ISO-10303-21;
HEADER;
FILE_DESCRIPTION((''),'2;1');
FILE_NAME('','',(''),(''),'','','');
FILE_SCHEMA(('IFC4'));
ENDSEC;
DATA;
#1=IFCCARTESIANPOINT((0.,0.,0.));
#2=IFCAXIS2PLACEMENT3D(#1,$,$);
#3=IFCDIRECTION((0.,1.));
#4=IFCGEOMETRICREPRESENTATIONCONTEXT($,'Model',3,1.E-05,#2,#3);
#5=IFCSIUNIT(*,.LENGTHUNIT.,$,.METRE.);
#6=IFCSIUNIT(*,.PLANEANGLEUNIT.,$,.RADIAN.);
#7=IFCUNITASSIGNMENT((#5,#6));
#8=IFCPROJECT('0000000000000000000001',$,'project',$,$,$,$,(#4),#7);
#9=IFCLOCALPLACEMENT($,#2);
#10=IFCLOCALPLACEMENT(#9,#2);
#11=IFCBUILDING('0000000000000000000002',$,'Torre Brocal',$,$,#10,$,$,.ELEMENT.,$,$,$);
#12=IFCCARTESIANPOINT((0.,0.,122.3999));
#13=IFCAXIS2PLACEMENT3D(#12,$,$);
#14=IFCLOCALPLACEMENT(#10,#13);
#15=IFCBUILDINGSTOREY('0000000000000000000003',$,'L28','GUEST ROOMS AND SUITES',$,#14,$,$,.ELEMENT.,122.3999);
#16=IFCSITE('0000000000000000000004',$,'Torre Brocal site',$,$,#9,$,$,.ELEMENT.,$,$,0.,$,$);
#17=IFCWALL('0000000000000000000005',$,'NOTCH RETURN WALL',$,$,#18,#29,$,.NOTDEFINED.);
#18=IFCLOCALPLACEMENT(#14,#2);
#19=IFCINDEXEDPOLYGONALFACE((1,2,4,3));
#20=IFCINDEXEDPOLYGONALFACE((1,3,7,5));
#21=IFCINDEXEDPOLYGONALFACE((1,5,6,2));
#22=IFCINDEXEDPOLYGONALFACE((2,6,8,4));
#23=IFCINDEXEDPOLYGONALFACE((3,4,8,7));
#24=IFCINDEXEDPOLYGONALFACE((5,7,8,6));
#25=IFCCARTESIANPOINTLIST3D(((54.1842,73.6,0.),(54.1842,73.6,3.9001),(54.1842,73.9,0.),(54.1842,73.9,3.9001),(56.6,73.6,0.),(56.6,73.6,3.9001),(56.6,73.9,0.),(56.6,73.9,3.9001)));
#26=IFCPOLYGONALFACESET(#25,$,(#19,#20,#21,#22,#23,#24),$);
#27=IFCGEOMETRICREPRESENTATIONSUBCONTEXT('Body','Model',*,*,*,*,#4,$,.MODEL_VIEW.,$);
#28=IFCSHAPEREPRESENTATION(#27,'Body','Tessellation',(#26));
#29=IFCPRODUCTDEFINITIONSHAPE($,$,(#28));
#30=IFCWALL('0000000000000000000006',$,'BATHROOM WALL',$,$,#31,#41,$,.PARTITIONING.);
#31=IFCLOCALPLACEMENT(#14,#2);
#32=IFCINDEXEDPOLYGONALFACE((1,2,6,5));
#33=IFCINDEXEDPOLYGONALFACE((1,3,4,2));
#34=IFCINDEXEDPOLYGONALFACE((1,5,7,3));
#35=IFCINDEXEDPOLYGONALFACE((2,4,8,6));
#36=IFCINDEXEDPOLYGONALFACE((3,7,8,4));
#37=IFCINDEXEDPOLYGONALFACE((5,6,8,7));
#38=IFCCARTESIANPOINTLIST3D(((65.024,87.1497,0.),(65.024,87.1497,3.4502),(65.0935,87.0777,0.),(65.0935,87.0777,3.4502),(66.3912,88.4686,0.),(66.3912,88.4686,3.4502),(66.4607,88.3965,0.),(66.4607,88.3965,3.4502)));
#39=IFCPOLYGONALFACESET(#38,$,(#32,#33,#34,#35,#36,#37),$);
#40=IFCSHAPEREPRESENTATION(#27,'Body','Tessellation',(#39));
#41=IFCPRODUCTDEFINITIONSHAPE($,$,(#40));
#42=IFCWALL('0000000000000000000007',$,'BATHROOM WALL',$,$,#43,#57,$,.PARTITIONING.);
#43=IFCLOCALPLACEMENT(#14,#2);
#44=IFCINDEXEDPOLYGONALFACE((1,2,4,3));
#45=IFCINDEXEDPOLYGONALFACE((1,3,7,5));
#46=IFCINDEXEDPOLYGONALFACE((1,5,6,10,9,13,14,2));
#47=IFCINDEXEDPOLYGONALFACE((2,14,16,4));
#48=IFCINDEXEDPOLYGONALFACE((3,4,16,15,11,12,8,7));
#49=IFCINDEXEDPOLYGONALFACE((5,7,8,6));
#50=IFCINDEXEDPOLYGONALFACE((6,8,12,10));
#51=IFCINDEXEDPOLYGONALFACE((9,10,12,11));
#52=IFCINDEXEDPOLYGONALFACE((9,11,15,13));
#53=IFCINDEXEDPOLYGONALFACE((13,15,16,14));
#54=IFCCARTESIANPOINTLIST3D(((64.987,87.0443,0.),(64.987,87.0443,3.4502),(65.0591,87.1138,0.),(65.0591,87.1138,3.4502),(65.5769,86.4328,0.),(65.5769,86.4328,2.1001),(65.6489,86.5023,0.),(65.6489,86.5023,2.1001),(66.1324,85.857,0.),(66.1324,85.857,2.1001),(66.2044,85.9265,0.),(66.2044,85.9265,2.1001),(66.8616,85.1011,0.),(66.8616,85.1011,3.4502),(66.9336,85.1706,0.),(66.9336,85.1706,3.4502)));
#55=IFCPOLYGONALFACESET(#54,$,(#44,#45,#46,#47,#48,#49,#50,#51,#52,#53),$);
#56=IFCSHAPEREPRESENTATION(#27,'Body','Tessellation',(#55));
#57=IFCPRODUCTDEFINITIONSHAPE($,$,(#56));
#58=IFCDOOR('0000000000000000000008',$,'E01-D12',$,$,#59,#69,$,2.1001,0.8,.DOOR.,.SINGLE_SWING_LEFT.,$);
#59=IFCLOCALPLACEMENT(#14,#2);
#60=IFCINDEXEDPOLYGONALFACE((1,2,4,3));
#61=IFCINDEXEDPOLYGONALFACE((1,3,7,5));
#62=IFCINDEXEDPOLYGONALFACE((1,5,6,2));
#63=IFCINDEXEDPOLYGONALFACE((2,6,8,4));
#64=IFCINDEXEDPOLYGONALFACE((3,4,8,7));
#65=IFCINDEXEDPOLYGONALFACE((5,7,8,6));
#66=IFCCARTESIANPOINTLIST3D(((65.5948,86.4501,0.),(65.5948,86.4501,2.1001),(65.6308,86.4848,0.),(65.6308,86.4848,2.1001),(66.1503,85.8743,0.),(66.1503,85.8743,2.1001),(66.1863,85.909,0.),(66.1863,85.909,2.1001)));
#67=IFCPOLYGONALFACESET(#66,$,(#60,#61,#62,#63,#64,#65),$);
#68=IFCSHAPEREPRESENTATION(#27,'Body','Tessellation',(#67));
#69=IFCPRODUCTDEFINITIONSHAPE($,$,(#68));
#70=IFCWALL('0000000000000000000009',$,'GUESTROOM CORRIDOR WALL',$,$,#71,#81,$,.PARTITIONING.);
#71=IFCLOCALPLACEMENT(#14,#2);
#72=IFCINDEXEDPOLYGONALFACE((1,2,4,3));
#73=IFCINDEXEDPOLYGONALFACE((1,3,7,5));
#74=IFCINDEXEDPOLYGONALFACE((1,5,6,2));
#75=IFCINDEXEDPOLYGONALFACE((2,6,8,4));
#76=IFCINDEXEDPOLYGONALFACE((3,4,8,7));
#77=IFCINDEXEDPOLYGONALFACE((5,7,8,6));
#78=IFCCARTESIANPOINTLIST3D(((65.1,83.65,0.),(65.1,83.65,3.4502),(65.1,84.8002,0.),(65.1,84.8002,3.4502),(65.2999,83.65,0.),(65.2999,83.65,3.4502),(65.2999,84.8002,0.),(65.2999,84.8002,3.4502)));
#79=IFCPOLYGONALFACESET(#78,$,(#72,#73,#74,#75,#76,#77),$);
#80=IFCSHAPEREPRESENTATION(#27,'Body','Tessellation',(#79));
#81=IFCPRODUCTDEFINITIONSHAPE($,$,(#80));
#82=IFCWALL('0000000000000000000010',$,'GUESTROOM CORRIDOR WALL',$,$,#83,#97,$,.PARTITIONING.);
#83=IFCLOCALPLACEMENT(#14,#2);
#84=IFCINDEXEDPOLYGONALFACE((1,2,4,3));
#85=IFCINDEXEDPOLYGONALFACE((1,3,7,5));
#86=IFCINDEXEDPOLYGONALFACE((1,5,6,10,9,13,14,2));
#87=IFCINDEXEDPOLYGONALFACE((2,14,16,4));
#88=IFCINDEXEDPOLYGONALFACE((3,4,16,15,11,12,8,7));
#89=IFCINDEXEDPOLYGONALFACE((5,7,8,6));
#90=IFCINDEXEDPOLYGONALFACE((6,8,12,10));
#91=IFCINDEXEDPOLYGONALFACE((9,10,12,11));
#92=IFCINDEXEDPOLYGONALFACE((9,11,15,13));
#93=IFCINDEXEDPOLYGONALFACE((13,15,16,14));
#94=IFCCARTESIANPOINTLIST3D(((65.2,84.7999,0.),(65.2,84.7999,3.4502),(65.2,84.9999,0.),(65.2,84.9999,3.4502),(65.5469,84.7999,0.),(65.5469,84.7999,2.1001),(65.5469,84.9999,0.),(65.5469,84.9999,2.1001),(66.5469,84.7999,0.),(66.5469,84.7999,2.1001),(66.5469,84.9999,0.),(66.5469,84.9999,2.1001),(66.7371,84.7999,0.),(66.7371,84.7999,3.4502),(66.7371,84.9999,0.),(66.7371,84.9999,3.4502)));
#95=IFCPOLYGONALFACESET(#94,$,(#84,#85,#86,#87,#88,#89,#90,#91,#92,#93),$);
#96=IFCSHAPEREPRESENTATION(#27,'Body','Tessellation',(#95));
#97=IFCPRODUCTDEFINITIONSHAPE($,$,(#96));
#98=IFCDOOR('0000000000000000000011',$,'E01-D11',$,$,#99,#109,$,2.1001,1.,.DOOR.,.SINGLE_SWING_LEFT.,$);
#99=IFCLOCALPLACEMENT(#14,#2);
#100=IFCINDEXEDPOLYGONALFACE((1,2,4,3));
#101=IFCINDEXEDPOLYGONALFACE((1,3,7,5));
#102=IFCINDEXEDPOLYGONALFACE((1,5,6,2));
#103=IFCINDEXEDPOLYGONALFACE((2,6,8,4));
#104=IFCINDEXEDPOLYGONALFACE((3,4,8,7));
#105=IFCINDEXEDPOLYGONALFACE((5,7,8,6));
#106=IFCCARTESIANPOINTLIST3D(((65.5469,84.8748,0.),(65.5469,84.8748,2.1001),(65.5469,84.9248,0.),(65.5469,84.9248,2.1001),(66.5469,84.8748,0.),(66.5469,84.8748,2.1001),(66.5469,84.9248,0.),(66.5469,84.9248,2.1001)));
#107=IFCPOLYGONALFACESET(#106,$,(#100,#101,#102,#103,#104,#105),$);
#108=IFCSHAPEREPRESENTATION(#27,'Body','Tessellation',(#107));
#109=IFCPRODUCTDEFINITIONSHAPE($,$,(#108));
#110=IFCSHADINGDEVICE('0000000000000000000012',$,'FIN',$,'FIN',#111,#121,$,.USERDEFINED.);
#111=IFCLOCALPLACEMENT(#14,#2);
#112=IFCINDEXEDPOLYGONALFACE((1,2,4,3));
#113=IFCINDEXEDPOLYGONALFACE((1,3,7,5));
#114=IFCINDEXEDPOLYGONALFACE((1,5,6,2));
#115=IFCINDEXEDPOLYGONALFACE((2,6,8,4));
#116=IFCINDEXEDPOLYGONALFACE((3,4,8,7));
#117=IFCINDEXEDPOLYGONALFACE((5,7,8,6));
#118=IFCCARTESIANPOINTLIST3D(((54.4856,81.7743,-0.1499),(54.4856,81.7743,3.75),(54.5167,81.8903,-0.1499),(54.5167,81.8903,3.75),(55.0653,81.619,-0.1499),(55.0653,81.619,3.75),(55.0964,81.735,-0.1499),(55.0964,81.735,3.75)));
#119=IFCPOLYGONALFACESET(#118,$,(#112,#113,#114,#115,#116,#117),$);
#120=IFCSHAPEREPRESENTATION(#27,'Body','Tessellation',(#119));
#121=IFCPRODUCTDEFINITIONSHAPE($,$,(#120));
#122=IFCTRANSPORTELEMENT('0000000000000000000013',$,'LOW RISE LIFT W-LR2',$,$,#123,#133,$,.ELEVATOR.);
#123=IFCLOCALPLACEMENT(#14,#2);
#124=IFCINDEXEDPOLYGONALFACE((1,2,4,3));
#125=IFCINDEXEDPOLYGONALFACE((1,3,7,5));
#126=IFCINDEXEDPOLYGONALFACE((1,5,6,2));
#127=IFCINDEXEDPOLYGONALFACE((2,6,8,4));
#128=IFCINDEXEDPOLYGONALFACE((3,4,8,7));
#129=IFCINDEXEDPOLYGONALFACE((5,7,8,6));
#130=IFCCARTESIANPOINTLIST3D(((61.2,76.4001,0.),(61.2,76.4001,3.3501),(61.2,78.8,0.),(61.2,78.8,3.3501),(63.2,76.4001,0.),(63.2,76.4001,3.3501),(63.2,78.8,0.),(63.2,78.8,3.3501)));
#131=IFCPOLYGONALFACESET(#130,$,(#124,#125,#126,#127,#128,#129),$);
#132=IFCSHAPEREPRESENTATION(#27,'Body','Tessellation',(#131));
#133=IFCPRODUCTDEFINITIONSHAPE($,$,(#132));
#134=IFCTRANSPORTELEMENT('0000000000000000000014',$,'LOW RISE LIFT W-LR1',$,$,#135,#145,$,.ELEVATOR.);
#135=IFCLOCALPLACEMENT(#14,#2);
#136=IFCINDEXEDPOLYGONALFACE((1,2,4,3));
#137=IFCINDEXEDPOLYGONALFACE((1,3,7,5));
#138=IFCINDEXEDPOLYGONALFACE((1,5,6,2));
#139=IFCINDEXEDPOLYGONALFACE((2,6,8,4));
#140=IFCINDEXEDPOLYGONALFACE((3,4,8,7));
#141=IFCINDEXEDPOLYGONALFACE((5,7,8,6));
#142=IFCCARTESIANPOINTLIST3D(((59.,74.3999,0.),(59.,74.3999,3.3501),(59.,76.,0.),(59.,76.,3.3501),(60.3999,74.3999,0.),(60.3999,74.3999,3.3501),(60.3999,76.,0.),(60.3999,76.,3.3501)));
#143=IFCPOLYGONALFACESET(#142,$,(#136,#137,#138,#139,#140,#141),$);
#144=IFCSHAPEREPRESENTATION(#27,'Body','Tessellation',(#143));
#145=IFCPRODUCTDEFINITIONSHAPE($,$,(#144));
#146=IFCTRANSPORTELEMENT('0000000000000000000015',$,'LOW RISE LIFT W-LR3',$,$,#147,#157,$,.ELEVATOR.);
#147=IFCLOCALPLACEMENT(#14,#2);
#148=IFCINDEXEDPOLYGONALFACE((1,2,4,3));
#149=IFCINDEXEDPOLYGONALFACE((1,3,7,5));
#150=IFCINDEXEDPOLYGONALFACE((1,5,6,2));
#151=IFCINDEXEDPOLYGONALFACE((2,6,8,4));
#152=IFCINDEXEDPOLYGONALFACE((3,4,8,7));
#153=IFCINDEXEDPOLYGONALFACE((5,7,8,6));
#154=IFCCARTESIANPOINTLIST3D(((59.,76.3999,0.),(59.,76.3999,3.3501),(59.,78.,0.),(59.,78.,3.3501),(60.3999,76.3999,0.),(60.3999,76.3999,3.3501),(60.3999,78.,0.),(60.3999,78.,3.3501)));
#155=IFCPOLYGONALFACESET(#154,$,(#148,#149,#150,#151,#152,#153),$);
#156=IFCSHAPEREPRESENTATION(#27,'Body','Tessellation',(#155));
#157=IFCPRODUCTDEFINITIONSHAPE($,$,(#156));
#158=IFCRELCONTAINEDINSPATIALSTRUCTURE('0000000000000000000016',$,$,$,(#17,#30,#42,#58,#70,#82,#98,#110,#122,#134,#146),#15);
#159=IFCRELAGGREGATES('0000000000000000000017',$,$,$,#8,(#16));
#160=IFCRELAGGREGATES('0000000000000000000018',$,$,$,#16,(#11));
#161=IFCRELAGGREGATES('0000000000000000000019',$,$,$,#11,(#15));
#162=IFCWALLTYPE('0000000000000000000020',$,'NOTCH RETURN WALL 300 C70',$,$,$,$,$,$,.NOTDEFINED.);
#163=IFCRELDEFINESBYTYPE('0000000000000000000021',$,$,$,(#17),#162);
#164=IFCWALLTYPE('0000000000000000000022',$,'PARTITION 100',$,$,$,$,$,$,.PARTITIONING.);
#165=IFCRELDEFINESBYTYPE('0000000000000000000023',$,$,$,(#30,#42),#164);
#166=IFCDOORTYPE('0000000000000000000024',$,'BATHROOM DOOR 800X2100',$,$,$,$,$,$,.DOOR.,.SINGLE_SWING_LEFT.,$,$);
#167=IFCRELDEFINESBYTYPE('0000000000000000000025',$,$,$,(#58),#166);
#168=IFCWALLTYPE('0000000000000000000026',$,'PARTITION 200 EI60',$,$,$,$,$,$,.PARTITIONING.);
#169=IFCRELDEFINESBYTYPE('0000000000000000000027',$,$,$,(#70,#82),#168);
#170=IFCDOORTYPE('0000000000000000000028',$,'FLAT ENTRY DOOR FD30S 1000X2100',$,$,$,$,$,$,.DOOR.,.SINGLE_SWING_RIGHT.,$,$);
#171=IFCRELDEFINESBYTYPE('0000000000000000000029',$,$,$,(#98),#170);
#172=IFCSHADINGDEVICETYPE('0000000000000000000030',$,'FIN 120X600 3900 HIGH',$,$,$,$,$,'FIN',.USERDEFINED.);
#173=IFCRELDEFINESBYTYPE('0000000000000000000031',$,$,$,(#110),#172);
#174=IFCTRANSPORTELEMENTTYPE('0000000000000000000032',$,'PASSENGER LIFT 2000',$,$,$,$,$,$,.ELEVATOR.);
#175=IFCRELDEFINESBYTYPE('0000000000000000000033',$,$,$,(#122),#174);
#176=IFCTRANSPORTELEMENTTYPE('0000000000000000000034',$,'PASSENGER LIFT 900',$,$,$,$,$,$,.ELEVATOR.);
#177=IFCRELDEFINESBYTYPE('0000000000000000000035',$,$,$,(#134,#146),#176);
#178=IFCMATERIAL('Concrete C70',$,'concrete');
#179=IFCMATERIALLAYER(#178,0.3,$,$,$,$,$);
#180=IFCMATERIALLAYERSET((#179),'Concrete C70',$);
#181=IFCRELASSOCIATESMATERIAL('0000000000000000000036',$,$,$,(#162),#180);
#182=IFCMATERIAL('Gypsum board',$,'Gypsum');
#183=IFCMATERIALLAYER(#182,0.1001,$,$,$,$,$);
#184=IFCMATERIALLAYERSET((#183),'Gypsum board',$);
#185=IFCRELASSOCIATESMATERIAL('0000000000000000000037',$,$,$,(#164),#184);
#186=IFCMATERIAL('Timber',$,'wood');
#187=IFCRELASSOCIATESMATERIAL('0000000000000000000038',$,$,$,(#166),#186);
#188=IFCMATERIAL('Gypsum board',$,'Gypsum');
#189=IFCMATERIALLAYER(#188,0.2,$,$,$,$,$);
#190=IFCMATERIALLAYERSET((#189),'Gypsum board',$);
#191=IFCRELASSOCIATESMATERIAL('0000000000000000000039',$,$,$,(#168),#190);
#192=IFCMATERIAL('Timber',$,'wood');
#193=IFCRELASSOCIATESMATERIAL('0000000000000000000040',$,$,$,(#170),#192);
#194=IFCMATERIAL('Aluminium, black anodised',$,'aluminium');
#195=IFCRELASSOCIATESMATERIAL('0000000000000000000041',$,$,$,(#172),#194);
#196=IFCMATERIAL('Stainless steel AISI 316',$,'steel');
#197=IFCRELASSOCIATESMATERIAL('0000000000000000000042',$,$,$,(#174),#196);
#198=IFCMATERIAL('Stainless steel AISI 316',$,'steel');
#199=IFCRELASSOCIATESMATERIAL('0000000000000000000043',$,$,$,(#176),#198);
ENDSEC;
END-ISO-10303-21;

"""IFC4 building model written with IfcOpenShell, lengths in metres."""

from ifc_helpers import new_model, si_unit, direction, frame, frame_2d, origin, origin_2d, place, context, subcontext, project, spatial, rectangle, extrude, material, layer, layer_set, material_profile, profile_set, type_object, element, fill, save


model = new_model("IFC4")

# Units and contexts
model_context = context("Model", 3, precision=1e-05, world=origin(), true_north=direction((0.0, 1.0)))
body_context = subcontext(model_context, "Body", "Model", "MODEL_VIEW")
ifc_project = project(units=[si_unit("LENGTHUNIT", "METRE"), si_unit("PLANEANGLEUNIT", "RADIAN")], contexts=[model_context])

# Site, building, storey
site_placement = place(None, origin())
site = spatial("IfcSite", under=ifc_project, at=site_placement, Name="Torre Brocal site", CompositionType="ELEMENT", RefElevation=0.0)
building_placement = place(site_placement, origin())
building = spatial("IfcBuilding", under=site, at=building_placement, Name="Torre Brocal", CompositionType="ELEMENT")
storey_placement = place(building_placement, frame((0.0, 0.0, 122.3999)))
storey = spatial("IfcBuildingStorey", under=building, at=storey_placement, Name="L28", Description="GUEST ROOMS AND SUITES", CompositionType="ELEMENT", Elevation=122.3999)

# Walls
ifc_material_1 = material(Name="Concrete C70", Category="concrete")
ifc_layer_1 = layer(ifc_material_1, 0.3)
ifc_layer_set_1 = layer_set([ifc_layer_1], Name="Concrete C70")
wall_type_1 = type_object("IfcWallType", Name="NOTCH RETURN WALL 300 C70", PredefinedType="NOTDEFINED", material=ifc_layer_set_1)
for number, where, z_axis, x_axis, name in (
    (1, (56.6001, 73.75, 0.0), (0.0, 0.0, 1.0), (-1.0, 0.0, 0.0), "NOTCH RETURN WALL"),
):
    element("IfcWall", number, at=place(storey_placement, frame(where, z_axis=z_axis, x_axis=x_axis)), inside=storey, type_object=wall_type_1, Name=name, PredefinedType="NOTDEFINED", context=body_context, shape_type="SweptSolid", body=[
        extrude(rectangle(XDim=2.4158, YDim=0.3, at=frame_2d((1.208, 0.0))), origin(), (0.0, 0.0, 1.0), 3.9001),
    ])
ifc_material_2 = material(Name="Gypsum board", Category="Gypsum")
ifc_layer_2 = layer(ifc_material_2, 0.1001)
ifc_layer_set_2 = layer_set([ifc_layer_2], Name="Gypsum board")
wall_type_2 = type_object("IfcWallType", Name="PARTITION 100", PredefinedType="PARTITIONING", material=ifc_layer_set_2)
wall_1_placement = place(storey_placement, frame((65.0588, 87.1138, 0.0), z_axis=(0.0, 0.0, 1.0), x_axis=(0.719716, 0.694269, 0.0)))
element("IfcWall", 2, at=wall_1_placement, inside=storey, type_object=wall_type_2, Name="BATHROOM WALL", PredefinedType="PARTITIONING", context=body_context, shape_type="SweptSolid", body=[
    extrude(rectangle(XDim=1.8997, YDim=0.1001, at=frame_2d((0.9497, 0.0))), origin(), (0.0, 0.0, 1.0), 3.4502),
])

# Wall, opening, door
wall_2_placement = place(storey_placement, frame((65.0229, 87.0791, 0.0), z_axis=(0.0, 0.0, 1.0), x_axis=(0.694288, -0.719697, 0.0)))
wall_2 = element("IfcWall", 3, at=wall_2_placement, inside=storey, type_object=wall_type_2, Name="BATHROOM WALL", PredefinedType="PARTITIONING", context=body_context, shape_type="SweptSolid", body=[
    extrude(rectangle(XDim=2.7, YDim=0.1001, at=frame_2d((1.3501, 0.0))), origin(), (0.0, 0.0, 1.0), 3.4502),
])
opening_1_placement = place(wall_2_placement, frame((0.8499, 0.0, 0.0)))
opening_1 = element("IfcOpeningElement", 4, at=opening_1_placement, cuts=wall_2, PredefinedType="OPENING", context=body_context, shape_type="SweptSolid", body=[
    extrude(rectangle(XDim=0.8, YDim=2.1001, at=frame_2d((0.3999, 1.05))), frame((0.0, 0.0601, 0.0), z_axis=(0.0, -1.0, 0.0), x_axis=(1.0, 0.0, 0.0)), (0.0, 0.0, 1.0), 0.1201),
])
ifc_material_3 = material(Name="Timber", Category="wood")
door_type_1 = type_object("IfcDoorType", Name="BATHROOM DOOR 800X2100", OperationType="SINGLE_SWING_LEFT", PredefinedType="DOOR", material=ifc_material_3)
door_1_placement = place(opening_1_placement, origin())
door_1 = element("IfcDoor", 5, at=door_1_placement, inside=storey, type_object=door_type_1, Name="E01-D12", OperationType="SINGLE_SWING_LEFT", OverallHeight=2.1001, OverallWidth=0.8, PredefinedType="DOOR", context=body_context, shape_type="SweptSolid", body=[
    extrude(rectangle(XDim=0.8, YDim=2.1001, at=frame_2d((0.3999, 1.05))), frame((0.0, 0.0249, 0.0), z_axis=(0.0, -1.0, 0.0), x_axis=(1.0, 0.0, 0.0)), (0.0, 0.0, 1.0), 0.05),
])
fill(opening_1, door_1)

# Wall
ifc_material_4 = material(Name="Gypsum board", Category="Gypsum")
ifc_layer_3 = layer(ifc_material_4, 0.2)
ifc_layer_set_3 = layer_set([ifc_layer_3], Name="Gypsum board")
wall_type_3 = type_object("IfcWallType", Name="PARTITION 200 EI60", PredefinedType="PARTITIONING", material=ifc_layer_set_3)
wall_3_placement = place(storey_placement, frame((65.2, 83.6499, 0.0), z_axis=(0.0, 0.0, 1.0), x_axis=(0.0, 1.0, 0.0)))
element("IfcWall", 6, at=wall_3_placement, inside=storey, type_object=wall_type_3, Name="GUESTROOM CORRIDOR WALL", PredefinedType="PARTITIONING", context=body_context, shape_type="SweptSolid", body=[
    extrude(rectangle(XDim=1.1501, YDim=0.2, at=frame_2d((0.5752, 0.0))), origin(), (0.0, 0.0, 1.0), 3.4502),
])

# Wall, opening, door
wall_4_placement = place(storey_placement, frame((65.2, 84.8999, 0.0), z_axis=(0.0, 0.0, 1.0), x_axis=(1.0, 0.0, 0.0)))
wall_4 = element("IfcWall", 7, at=wall_4_placement, inside=storey, type_object=wall_type_3, Name="GUESTROOM CORRIDOR WALL", PredefinedType="PARTITIONING", context=body_context, shape_type="SweptSolid", body=[
    extrude(rectangle(XDim=1.5371, YDim=0.2, at=frame_2d((0.7686, 0.0))), origin(), (0.0, 0.0, 1.0), 3.4502),
])
opening_2_placement = place(wall_4_placement, frame((0.3469, 0.0, 0.0)))
opening_2 = element("IfcOpeningElement", 8, at=opening_2_placement, cuts=wall_4, PredefinedType="OPENING", context=body_context, shape_type="SweptSolid", body=[
    extrude(rectangle(XDim=1.0, YDim=2.1001, at=frame_2d((0.5, 1.05))), frame((0.0, 0.1099, 0.0), z_axis=(0.0, -1.0, 0.0), x_axis=(1.0, 0.0, 0.0)), (0.0, 0.0, 1.0), 0.22),
])
ifc_material_5 = material(Name="Timber", Category="wood")
door_type_2 = type_object("IfcDoorType", Name="FLAT ENTRY DOOR FD30S 1000X2100", OperationType="SINGLE_SWING_RIGHT", PredefinedType="DOOR", material=ifc_material_5)
door_2_placement = place(opening_2_placement, origin())
door_2 = element("IfcDoor", 9, at=door_2_placement, inside=storey, type_object=door_type_2, Name="E01-D11", OperationType="SINGLE_SWING_LEFT", OverallHeight=2.1001, OverallWidth=1.0, PredefinedType="DOOR", context=body_context, shape_type="SweptSolid", body=[
    extrude(rectangle(XDim=1.0, YDim=2.1001, at=frame_2d((0.5, 1.05))), frame((0.0, 0.0249, 0.0), z_axis=(0.0, -1.0, 0.0), x_axis=(1.0, 0.0, 0.0)), (0.0, 0.0, 1.0), 0.05),
])
fill(opening_2, door_2)

# Shading device
ifc_material_6 = material(Name="Aluminium, black anodised", Category="aluminium")
ifc_material_profile_1 = material_profile(ifc_material_6, rectangle(XDim=0.1201, YDim=0.6001, at=origin_2d()), Name="FIN 120X600 3900 HIGH")
ifc_profile_set_1 = profile_set([ifc_material_profile_1], Name="Aluminium, black anodised")
shading_device_type = type_object("IfcShadingDeviceType", Name="FIN 120X600 3900 HIGH", ElementType="FIN", PredefinedType="USERDEFINED", material=ifc_profile_set_1)
shading_device_placement = place(storey_placement, frame((54.791, 81.7546, -0.1499), z_axis=(0.0, 0.0, 1.0), x_axis=(-0.258819, -0.965926, 0.0)))
element("IfcShadingDevice", 10, at=shading_device_placement, inside=storey, type_object=shading_device_type, Name="FIN", ObjectType="FIN", PredefinedType="USERDEFINED", context=body_context, shape_type="SweptSolid", body=[
    extrude(rectangle(XDim=0.1201, YDim=0.6001, at=origin_2d()), origin(), (0.0, 0.0, 1.0), 3.8999),
])

# Transport elements
ifc_material_7 = material(Name="Stainless steel AISI 316", Category="steel")
transport_element_type_1 = type_object("IfcTransportElementType", Name="PASSENGER LIFT 2000", PredefinedType="ELEVATOR", material=ifc_material_7)
transport_element_placement = place(storey_placement, frame((62.2, 77.6001, 0.0), z_axis=(0.0, 0.0, 1.0), x_axis=(1.0, 0.0, 0.0)))
element("IfcTransportElement", 11, at=transport_element_placement, inside=storey, type_object=transport_element_type_1, Name="LOW RISE LIFT W-LR2", PredefinedType="ELEVATOR", context=body_context, shape_type="SweptSolid", body=[
    extrude(rectangle(XDim=2.0, YDim=2.3999, at=origin_2d()), origin(), (0.0, 0.0, 1.0), 3.3501),
])
ifc_material_8 = material(Name="Stainless steel AISI 316", Category="steel")
transport_element_type_2 = type_object("IfcTransportElementType", Name="PASSENGER LIFT 900", PredefinedType="ELEVATOR", material=ifc_material_8)
for number, where, z_axis, x_axis, name in (
    (12, (59.7, 75.2, 0.0), (0.0, 0.0, 1.0), (1.0, 0.0, 0.0), "LOW RISE LIFT W-LR1"),
    (13, (59.7, 77.2, 0.0), (0.0, 0.0, 1.0), (1.0, 0.0, 0.0), "LOW RISE LIFT W-LR3"),
):
    element("IfcTransportElement", number, at=place(storey_placement, frame(where, z_axis=z_axis, x_axis=x_axis)), inside=storey, type_object=transport_element_type_2, Name=name, PredefinedType="ELEVATOR", context=body_context, shape_type="SweptSolid", body=[
        extrude(rectangle(XDim=1.3999, YDim=1.6001, at=origin_2d()), origin(), (0.0, 0.0, 1.0), 3.3501),
    ])

save(model, "model.ifc")
